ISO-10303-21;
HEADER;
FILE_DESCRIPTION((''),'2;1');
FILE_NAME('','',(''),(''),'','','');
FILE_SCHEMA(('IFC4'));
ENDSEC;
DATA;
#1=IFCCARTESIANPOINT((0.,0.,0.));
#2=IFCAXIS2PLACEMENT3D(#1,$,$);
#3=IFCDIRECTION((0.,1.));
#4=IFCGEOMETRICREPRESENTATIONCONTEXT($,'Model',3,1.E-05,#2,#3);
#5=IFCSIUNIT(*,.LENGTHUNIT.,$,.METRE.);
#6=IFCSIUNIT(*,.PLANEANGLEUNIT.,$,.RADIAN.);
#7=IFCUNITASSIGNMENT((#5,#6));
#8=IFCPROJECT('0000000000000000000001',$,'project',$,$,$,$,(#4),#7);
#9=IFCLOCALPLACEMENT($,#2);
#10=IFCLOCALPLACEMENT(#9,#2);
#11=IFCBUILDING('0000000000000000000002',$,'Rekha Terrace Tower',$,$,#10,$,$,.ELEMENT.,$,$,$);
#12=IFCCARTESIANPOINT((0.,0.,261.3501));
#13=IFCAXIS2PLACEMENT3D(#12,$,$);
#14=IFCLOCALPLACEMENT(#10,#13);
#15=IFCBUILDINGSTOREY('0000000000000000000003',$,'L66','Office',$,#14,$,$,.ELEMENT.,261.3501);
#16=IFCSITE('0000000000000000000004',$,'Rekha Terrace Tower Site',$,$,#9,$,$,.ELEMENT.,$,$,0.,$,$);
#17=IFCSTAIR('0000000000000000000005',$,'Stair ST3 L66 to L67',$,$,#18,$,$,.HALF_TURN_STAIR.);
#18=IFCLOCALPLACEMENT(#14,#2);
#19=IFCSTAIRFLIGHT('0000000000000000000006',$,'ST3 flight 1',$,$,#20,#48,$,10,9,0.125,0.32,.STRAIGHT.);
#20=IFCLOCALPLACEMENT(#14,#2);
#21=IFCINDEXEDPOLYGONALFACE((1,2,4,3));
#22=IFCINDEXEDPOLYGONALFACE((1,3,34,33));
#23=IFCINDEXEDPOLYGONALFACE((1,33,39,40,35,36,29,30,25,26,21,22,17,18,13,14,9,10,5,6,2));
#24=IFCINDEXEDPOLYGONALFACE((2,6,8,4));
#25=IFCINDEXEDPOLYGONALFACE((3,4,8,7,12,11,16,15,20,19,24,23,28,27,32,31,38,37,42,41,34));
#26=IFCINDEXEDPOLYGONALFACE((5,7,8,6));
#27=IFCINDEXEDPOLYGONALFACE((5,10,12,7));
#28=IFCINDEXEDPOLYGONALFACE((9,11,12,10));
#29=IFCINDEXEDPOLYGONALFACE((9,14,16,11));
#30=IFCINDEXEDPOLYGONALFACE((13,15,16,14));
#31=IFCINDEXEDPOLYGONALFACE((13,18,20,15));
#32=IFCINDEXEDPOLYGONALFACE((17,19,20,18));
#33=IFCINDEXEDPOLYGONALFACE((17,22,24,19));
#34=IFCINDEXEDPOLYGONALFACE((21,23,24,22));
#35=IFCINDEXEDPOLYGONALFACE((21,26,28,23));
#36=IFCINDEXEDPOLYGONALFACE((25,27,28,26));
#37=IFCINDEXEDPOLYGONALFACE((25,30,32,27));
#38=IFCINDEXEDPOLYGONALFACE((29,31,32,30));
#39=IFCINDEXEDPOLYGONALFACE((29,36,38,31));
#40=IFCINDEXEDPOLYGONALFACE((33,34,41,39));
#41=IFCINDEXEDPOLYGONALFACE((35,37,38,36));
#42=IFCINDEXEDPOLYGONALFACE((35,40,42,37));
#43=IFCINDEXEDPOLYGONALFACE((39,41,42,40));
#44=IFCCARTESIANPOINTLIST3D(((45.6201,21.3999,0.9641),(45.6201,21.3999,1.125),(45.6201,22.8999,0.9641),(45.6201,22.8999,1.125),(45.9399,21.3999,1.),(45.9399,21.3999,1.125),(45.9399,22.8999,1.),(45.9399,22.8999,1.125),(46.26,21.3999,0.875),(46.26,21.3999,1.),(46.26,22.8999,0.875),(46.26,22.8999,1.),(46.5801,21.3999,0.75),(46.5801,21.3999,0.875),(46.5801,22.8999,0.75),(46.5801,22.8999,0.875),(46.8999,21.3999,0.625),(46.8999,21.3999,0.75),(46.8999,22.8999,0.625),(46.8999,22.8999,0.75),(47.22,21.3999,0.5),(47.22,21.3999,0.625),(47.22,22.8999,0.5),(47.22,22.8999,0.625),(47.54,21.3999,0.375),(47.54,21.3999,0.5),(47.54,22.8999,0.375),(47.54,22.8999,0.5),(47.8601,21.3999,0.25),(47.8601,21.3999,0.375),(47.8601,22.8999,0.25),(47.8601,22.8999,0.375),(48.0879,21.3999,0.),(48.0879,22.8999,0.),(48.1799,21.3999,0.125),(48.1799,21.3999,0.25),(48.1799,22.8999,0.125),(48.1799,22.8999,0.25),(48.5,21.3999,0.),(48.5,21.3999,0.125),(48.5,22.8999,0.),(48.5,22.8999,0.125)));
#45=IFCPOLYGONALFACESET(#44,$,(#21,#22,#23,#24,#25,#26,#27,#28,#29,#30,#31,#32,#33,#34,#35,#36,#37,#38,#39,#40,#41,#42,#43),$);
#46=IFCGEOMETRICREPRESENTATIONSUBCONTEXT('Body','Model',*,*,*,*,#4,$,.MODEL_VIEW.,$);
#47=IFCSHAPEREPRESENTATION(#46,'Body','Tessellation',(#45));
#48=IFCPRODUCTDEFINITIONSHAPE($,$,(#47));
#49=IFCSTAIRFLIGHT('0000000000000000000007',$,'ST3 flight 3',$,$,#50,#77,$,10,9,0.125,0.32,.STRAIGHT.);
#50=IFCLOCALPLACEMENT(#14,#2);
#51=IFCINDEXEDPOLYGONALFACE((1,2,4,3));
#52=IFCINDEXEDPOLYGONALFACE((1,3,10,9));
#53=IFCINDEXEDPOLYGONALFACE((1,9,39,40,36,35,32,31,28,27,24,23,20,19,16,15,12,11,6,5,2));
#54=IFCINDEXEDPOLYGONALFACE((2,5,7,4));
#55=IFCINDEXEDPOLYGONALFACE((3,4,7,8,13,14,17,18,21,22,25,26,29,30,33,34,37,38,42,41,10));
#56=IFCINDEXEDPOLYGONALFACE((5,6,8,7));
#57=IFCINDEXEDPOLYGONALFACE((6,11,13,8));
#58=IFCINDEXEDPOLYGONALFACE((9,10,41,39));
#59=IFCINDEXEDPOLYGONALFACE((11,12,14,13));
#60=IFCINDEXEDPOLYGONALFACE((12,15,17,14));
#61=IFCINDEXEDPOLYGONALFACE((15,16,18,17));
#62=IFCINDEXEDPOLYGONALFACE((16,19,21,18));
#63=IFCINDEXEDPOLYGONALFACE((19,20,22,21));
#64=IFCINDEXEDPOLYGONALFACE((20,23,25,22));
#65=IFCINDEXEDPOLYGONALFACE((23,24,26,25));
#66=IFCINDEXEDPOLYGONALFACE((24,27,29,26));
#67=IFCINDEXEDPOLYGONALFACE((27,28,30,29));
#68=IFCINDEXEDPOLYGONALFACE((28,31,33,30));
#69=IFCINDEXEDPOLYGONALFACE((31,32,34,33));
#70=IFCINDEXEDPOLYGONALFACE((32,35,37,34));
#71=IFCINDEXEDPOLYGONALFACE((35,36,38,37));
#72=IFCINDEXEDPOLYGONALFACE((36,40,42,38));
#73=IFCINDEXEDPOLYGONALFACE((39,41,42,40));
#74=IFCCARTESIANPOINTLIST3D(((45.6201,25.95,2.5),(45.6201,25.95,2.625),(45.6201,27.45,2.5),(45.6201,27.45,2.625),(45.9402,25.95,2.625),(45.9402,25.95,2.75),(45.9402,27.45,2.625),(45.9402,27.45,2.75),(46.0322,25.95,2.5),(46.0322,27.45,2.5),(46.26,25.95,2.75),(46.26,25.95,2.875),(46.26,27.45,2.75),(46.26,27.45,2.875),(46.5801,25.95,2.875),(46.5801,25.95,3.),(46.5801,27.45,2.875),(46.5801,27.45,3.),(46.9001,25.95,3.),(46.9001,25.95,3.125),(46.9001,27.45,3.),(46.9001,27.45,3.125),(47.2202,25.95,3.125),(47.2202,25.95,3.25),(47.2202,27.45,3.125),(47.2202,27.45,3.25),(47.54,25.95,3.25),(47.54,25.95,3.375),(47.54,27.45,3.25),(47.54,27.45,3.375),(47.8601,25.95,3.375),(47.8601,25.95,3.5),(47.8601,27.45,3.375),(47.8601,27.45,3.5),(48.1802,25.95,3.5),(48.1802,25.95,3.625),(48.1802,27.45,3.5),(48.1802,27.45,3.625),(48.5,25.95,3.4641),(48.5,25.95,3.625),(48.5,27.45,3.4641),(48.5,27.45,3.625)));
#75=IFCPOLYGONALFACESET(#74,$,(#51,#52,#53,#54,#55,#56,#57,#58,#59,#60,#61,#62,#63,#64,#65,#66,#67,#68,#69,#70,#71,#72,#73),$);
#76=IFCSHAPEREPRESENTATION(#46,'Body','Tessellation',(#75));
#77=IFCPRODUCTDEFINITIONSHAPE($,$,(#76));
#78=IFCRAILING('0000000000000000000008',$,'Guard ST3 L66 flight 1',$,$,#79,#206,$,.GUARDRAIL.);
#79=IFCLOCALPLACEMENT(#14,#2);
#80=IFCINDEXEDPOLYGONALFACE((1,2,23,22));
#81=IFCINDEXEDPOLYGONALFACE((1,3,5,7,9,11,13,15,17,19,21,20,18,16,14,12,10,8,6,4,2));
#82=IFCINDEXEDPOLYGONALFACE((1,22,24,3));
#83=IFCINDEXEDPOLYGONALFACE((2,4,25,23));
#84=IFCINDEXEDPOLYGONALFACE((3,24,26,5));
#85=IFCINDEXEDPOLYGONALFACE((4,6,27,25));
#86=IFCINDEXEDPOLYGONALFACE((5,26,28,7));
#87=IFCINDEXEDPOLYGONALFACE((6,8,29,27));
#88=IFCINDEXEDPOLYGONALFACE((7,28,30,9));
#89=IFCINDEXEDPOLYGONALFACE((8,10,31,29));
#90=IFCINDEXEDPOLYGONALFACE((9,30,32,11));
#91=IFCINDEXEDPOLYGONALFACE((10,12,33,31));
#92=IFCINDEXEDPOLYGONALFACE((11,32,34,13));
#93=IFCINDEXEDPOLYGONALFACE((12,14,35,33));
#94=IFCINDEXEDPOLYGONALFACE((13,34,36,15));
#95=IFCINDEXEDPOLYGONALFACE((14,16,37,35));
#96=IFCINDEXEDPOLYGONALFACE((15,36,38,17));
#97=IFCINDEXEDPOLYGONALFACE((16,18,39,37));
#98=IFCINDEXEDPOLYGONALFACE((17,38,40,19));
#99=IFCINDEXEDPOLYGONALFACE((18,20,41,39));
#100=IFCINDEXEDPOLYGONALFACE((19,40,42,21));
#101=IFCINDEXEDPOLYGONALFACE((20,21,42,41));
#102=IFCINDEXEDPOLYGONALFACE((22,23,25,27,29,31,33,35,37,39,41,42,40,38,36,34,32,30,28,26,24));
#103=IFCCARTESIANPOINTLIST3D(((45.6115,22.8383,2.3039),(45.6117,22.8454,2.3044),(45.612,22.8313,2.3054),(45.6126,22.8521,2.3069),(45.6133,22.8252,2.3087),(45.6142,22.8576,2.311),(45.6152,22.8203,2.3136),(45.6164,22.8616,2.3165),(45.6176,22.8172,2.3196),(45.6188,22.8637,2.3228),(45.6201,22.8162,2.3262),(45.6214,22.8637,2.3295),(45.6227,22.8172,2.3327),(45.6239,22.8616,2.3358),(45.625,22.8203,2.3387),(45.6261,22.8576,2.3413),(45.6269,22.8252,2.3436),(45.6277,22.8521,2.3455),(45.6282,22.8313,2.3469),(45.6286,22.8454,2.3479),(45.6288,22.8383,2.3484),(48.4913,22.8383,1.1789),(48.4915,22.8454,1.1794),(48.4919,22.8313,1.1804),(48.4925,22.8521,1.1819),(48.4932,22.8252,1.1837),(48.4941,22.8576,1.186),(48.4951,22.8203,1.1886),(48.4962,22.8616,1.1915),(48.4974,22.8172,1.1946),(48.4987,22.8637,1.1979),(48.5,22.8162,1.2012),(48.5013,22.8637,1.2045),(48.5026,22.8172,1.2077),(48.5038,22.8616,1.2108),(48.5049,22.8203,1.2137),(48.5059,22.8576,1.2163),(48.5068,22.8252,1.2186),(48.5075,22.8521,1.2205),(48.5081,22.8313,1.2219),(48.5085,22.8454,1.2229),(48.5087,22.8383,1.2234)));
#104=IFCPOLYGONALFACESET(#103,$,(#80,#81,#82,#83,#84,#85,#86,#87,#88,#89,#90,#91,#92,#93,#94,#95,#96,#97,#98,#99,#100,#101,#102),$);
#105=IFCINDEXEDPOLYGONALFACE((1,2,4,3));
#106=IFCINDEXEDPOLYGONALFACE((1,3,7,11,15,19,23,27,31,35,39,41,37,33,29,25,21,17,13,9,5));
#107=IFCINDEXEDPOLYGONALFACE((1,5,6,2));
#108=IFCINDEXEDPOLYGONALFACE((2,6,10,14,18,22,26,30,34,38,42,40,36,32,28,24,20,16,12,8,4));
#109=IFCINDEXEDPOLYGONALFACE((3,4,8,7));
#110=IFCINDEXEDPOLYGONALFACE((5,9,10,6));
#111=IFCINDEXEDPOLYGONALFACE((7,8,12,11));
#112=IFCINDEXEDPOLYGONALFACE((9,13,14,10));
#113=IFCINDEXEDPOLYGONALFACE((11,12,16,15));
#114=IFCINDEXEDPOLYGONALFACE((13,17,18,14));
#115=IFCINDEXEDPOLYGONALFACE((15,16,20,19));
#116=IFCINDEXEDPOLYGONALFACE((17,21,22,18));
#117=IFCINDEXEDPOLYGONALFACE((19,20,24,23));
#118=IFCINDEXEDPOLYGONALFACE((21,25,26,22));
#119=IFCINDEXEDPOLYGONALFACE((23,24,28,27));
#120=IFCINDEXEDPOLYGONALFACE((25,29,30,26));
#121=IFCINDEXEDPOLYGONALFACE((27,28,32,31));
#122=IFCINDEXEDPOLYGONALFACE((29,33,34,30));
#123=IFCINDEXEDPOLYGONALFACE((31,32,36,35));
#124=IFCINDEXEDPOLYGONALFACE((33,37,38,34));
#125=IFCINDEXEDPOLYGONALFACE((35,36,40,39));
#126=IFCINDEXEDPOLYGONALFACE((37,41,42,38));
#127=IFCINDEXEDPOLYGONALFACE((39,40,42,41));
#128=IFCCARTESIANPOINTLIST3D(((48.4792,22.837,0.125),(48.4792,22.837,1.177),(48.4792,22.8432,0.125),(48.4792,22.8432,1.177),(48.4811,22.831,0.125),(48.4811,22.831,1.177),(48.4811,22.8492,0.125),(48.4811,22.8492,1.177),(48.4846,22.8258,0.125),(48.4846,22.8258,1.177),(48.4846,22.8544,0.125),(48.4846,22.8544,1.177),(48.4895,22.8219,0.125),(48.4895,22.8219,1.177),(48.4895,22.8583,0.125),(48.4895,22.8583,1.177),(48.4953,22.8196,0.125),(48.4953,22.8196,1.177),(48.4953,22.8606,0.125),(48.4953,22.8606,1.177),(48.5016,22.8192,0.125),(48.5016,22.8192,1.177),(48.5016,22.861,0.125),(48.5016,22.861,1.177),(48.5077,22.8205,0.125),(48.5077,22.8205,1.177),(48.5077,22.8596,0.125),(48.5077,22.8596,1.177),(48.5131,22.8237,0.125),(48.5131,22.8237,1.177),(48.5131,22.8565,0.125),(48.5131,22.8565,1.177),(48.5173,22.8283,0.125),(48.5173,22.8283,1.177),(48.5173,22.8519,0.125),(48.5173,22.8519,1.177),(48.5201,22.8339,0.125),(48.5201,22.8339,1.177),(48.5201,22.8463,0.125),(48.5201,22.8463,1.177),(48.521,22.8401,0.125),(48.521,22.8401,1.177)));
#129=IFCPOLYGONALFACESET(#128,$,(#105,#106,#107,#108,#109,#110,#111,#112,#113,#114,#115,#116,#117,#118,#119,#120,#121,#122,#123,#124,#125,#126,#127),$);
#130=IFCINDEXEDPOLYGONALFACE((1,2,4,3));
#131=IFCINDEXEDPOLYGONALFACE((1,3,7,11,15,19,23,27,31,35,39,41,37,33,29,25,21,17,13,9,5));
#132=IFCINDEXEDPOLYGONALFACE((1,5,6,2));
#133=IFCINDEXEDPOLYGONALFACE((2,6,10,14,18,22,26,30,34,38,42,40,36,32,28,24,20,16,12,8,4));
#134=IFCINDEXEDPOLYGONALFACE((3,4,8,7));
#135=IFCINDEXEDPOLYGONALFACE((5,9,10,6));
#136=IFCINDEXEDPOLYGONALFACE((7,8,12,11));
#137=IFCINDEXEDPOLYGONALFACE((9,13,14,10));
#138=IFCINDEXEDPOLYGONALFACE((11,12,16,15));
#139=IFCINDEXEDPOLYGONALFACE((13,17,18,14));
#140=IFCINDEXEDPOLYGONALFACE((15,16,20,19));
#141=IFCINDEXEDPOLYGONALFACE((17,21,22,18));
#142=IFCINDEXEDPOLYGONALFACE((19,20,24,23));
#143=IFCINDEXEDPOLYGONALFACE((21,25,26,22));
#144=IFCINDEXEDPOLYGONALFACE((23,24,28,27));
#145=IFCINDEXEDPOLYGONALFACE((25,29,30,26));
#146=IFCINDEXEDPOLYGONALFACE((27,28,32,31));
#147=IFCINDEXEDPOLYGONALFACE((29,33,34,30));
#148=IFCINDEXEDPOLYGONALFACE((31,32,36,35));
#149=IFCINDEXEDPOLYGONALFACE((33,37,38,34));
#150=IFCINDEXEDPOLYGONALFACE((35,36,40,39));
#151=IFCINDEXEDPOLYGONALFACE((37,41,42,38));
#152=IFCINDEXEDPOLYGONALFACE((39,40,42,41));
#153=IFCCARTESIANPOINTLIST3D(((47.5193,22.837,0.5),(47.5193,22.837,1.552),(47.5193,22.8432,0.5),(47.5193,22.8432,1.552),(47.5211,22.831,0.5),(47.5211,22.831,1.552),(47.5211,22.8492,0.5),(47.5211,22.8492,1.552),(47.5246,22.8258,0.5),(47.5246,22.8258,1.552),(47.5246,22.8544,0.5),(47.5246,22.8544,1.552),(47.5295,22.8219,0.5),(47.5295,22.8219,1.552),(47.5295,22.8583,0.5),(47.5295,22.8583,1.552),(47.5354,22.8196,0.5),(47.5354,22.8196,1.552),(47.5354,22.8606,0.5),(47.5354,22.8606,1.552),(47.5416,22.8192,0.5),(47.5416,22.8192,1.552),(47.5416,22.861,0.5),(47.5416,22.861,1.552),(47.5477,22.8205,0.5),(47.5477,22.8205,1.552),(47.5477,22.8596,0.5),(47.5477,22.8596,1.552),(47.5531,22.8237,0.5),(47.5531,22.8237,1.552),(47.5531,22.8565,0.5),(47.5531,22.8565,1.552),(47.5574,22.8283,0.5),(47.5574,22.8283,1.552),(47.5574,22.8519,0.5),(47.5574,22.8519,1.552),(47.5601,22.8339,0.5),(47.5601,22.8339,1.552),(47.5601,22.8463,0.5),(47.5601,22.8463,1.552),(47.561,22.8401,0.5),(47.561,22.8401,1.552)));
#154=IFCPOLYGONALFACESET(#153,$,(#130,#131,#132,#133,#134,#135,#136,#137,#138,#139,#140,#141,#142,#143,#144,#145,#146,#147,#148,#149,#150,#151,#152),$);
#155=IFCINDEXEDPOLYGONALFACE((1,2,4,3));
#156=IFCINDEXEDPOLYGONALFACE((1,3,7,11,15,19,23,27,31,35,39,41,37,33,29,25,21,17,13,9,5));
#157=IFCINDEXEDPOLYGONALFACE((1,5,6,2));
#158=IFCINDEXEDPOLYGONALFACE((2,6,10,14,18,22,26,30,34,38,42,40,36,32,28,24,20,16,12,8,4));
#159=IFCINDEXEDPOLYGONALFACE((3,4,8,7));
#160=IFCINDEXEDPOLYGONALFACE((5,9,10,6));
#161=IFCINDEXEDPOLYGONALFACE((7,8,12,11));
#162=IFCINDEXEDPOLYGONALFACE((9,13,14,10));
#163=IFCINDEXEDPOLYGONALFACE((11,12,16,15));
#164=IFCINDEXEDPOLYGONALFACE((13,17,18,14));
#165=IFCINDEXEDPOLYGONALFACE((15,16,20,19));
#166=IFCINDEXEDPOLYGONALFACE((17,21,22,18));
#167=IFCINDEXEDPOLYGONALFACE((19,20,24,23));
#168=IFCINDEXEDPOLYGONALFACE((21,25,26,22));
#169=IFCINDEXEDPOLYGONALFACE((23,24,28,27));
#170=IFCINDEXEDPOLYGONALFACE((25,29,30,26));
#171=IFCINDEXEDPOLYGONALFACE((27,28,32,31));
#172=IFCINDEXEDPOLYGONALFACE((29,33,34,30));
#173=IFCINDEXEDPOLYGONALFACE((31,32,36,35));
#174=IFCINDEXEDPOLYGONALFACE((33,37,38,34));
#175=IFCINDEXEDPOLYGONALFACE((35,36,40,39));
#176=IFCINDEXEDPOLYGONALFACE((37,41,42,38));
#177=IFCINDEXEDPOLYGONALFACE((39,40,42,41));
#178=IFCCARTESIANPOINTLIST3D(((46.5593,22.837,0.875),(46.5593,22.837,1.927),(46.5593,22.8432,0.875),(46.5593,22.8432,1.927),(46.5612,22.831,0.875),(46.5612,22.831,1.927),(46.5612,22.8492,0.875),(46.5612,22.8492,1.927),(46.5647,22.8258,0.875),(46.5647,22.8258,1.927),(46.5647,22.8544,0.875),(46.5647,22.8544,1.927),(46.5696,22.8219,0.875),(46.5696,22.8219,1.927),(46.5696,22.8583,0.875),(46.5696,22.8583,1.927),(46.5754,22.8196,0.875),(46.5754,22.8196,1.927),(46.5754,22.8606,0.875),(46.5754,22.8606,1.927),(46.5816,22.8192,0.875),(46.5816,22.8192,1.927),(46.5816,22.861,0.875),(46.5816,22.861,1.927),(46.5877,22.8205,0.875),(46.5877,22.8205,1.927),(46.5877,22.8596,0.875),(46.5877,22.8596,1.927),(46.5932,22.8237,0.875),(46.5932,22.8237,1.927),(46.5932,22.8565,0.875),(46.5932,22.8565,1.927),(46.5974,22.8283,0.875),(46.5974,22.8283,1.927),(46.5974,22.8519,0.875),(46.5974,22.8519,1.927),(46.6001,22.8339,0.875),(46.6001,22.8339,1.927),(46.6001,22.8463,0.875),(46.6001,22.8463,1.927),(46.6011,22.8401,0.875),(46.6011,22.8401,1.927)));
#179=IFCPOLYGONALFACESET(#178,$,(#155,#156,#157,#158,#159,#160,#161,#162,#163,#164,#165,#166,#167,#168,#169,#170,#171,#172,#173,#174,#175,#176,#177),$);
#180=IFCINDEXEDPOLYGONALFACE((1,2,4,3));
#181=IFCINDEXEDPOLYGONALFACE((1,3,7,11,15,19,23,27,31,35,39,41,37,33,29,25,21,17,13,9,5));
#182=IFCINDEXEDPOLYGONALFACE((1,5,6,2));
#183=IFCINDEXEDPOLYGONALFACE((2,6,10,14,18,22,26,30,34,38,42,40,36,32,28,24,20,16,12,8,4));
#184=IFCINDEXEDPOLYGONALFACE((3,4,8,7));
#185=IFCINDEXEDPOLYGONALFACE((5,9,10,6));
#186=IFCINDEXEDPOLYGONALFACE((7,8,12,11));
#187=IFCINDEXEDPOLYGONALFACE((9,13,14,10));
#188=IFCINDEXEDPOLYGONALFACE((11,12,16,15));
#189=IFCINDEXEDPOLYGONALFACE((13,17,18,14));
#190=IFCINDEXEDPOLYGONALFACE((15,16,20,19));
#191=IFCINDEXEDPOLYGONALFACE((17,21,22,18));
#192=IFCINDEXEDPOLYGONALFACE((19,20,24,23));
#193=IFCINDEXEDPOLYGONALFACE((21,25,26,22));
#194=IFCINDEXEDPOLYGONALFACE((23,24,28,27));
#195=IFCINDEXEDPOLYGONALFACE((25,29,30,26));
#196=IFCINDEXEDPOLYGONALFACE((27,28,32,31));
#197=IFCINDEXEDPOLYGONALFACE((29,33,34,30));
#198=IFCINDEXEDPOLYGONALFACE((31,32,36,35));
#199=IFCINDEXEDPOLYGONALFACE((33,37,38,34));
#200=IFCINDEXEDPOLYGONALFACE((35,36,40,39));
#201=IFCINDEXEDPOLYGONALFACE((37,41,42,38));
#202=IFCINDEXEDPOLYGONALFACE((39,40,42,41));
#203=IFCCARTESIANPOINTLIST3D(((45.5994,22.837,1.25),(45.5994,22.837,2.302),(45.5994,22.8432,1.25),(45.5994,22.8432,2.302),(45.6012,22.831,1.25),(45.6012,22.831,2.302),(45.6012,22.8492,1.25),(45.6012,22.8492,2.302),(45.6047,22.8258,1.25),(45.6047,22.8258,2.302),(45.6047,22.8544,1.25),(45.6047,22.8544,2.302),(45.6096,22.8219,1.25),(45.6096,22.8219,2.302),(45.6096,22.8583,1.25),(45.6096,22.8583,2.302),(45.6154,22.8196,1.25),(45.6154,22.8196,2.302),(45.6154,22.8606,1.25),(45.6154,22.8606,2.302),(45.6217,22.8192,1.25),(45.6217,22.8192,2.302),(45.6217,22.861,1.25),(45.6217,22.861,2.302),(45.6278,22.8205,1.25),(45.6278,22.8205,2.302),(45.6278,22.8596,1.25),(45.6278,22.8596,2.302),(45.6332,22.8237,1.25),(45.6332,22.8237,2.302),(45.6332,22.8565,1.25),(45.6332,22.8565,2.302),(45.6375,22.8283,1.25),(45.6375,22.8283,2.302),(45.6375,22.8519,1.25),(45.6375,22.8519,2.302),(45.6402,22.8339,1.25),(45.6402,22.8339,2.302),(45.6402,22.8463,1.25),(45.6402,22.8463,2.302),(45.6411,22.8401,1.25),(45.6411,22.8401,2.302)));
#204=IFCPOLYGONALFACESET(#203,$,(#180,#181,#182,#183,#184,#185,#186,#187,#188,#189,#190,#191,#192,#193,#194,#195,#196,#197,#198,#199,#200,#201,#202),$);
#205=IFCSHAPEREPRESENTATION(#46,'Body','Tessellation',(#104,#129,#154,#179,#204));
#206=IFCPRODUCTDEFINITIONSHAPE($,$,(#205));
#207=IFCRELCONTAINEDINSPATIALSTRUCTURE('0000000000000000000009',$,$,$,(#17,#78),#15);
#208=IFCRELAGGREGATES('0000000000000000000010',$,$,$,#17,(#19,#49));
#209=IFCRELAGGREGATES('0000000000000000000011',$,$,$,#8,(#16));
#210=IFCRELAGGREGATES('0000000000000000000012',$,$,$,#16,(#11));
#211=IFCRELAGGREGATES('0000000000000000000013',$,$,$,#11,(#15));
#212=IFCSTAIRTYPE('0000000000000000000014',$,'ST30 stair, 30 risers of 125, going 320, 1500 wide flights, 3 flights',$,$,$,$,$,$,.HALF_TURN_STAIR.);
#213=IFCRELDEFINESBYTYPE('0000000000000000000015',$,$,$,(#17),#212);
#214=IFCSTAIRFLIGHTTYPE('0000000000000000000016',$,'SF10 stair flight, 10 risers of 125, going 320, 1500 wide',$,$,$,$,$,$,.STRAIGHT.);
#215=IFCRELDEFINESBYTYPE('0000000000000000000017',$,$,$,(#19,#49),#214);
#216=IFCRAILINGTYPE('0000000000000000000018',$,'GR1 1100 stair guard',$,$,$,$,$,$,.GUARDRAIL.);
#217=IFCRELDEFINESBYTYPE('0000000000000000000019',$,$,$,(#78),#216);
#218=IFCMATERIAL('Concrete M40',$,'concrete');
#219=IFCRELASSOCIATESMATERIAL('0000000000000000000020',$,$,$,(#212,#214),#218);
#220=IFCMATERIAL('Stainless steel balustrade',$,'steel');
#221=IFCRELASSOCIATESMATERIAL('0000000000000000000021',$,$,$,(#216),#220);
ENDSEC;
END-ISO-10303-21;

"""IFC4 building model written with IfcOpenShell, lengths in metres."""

from ifc_helpers import new_model, si_unit, direction, frame, origin, origin_2d, place, context, subcontext, project, spatial, polyline, circle, outline, extrude, material, type_object, element, aggregate, save


model = new_model("IFC4")

# Units and contexts
model_context = context("Model", 3, precision=1e-05, world=origin(), true_north=direction((0.0, 1.0)))
body_context = subcontext(model_context, "Body", "Model", "MODEL_VIEW")
ifc_project = project(units=[si_unit("LENGTHUNIT", "METRE"), si_unit("PLANEANGLEUNIT", "RADIAN")], contexts=[model_context])

# Site, building, storey
site_placement = place(None, origin())
site = spatial("IfcSite", under=ifc_project, at=site_placement, Name="Rekha Terrace Tower Site", CompositionType="ELEMENT", RefElevation=0.0)
building_placement = place(site_placement, origin())
building = spatial("IfcBuilding", under=site, at=building_placement, Name="Rekha Terrace Tower", CompositionType="ELEMENT")
storey_placement = place(building_placement, frame((0.0, 0.0, 261.3501)))
storey = spatial("IfcBuildingStorey", under=building, at=storey_placement, Name="L66", Description="Office", CompositionType="ELEMENT", Elevation=261.3501)

# Stair, stair flights
ifc_material_1 = material(Name="Concrete M40", Category="concrete")
stair_type = type_object("IfcStairType", Name="ST30 stair, 30 risers of 125, going 320, 1500 wide flights, 3 flights", PredefinedType="HALF_TURN_STAIR", material=ifc_material_1)
stair_placement = place(storey_placement, origin())
stair = element("IfcStair", 1, at=stair_placement, inside=storey, type_object=stair_type, Name="Stair ST3 L66 to L67", PredefinedType="HALF_TURN_STAIR")
stair_flight_type = type_object("IfcStairFlightType", Name="SF10 stair flight, 10 risers of 125, going 320, 1500 wide", PredefinedType="STRAIGHT", material=ifc_material_1)
stair_flight_1_placement = place(storey_placement, frame((48.5, 22.1499, 0.0), z_axis=(0.0, 0.0, 1.0), x_axis=(-1.0, 0.0, 0.0)))
stair_flight_1 = element("IfcStairFlight", 2, at=stair_flight_1_placement, type_object=stair_flight_type, Name="ST3 flight 1", NumberOfRisers=10, NumberOfTreads=9, PredefinedType="STRAIGHT", RiserHeight=0.125, TreadLength=0.32, context=body_context, shape_type="SweptSolid", body=[
    extrude(outline(polyline([(0.0, 0.0), (0.0, 0.125), (0.3201, 0.125), (0.3201, 0.25), (0.6399, 0.25), (0.6399, 0.375), (0.96, 0.375), (0.96, 0.5), (1.28, 0.5), (1.28, 0.625), (1.6001, 0.625), (1.6001, 0.75), (1.9199, 0.75), (1.9199, 0.875), (2.24, 0.875), (2.24, 1.0), (2.5601, 1.0), (2.5601, 1.125), (2.8799, 1.125), (2.8799, 1.25), (2.8799, 0.9641), (0.4121, 0.0), (0.0, 0.0)])), frame((0.0, 0.75, 0.0), z_axis=(0.0, -1.0, 0.0), x_axis=(1.0, 0.0, 0.0)), (0.0, 0.0, 1.0), 1.5),
])
stair_flight_2_placement = place(storey_placement, frame((45.6201, 26.7, 2.5), z_axis=(0.0, 0.0, 1.0), x_axis=(1.0, 0.0, 0.0)))
stair_flight_2 = element("IfcStairFlight", 3, at=stair_flight_2_placement, type_object=stair_flight_type, Name="ST3 flight 3", NumberOfRisers=10, NumberOfTreads=9, PredefinedType="STRAIGHT", RiserHeight=0.125, TreadLength=0.32, context=body_context, shape_type="SweptSolid", body=[
    extrude(outline(polyline([(0.0, 0.0), (0.0, 0.125), (0.3201, 0.125), (0.3201, 0.25), (0.6399, 0.25), (0.6399, 0.375), (0.96, 0.375), (0.96, 0.5), (1.28, 0.5), (1.28, 0.625), (1.6001, 0.625), (1.6001, 0.75), (1.9199, 0.75), (1.9199, 0.875), (2.24, 0.875), (2.24, 1.0), (2.5601, 1.0), (2.5601, 1.125), (2.8799, 1.125), (2.8799, 1.25), (2.8799, 0.9641), (0.4121, 0.0), (0.0, 0.0)])), frame((0.0, 0.75, 0.0), z_axis=(0.0, -1.0, 0.0), x_axis=(1.0, 0.0, 0.0)), (0.0, 0.0, 1.0), 1.5),
])
aggregate(stair, [stair_flight_1, stair_flight_2])

# Railing
ifc_material_2 = material(Name="Stainless steel balustrade", Category="steel")
railing_type_1 = type_object("IfcRailingType", Name="GR1 1100 stair guard", PredefinedType="GUARDRAIL", material=ifc_material_2)
railing_1_placement = place(storey_placement, frame((48.5, 22.8401, 0.125)))
element("IfcRailing", 4, at=railing_1_placement, inside=storey, type_object=railing_type_1, Name="Guard ST3 L66 flight 1", PredefinedType="GUARDRAIL", context=body_context, shape_type="SweptSolid", body=[
    extrude(circle(Radius=0.0239, at=origin_2d()), frame((0.0, 0.0, 1.0762), z_axis=(-0.931452, 0.0, 0.363863), x_axis=(0.0, -1.0, 0.0)), (0.0, 0.0, 1.0), 3.0918),
    extrude(circle(Radius=0.021, at=origin_2d()), origin(), (0.0, 0.0, 1.0), 1.052),
    extrude(circle(Radius=0.021, at=origin_2d()), frame((-0.96, 0.0, 0.375)), (0.0, 0.0, 1.0), 1.052),
    extrude(circle(Radius=0.021, at=origin_2d()), frame((-1.9199, 0.0, 0.75)), (0.0, 0.0, 1.0), 1.052),
    extrude(circle(Radius=0.021, at=origin_2d()), frame((-2.8799, 0.0, 1.125)), (0.0, 0.0, 1.0), 1.052),
])

save(model, "model.ifc")
